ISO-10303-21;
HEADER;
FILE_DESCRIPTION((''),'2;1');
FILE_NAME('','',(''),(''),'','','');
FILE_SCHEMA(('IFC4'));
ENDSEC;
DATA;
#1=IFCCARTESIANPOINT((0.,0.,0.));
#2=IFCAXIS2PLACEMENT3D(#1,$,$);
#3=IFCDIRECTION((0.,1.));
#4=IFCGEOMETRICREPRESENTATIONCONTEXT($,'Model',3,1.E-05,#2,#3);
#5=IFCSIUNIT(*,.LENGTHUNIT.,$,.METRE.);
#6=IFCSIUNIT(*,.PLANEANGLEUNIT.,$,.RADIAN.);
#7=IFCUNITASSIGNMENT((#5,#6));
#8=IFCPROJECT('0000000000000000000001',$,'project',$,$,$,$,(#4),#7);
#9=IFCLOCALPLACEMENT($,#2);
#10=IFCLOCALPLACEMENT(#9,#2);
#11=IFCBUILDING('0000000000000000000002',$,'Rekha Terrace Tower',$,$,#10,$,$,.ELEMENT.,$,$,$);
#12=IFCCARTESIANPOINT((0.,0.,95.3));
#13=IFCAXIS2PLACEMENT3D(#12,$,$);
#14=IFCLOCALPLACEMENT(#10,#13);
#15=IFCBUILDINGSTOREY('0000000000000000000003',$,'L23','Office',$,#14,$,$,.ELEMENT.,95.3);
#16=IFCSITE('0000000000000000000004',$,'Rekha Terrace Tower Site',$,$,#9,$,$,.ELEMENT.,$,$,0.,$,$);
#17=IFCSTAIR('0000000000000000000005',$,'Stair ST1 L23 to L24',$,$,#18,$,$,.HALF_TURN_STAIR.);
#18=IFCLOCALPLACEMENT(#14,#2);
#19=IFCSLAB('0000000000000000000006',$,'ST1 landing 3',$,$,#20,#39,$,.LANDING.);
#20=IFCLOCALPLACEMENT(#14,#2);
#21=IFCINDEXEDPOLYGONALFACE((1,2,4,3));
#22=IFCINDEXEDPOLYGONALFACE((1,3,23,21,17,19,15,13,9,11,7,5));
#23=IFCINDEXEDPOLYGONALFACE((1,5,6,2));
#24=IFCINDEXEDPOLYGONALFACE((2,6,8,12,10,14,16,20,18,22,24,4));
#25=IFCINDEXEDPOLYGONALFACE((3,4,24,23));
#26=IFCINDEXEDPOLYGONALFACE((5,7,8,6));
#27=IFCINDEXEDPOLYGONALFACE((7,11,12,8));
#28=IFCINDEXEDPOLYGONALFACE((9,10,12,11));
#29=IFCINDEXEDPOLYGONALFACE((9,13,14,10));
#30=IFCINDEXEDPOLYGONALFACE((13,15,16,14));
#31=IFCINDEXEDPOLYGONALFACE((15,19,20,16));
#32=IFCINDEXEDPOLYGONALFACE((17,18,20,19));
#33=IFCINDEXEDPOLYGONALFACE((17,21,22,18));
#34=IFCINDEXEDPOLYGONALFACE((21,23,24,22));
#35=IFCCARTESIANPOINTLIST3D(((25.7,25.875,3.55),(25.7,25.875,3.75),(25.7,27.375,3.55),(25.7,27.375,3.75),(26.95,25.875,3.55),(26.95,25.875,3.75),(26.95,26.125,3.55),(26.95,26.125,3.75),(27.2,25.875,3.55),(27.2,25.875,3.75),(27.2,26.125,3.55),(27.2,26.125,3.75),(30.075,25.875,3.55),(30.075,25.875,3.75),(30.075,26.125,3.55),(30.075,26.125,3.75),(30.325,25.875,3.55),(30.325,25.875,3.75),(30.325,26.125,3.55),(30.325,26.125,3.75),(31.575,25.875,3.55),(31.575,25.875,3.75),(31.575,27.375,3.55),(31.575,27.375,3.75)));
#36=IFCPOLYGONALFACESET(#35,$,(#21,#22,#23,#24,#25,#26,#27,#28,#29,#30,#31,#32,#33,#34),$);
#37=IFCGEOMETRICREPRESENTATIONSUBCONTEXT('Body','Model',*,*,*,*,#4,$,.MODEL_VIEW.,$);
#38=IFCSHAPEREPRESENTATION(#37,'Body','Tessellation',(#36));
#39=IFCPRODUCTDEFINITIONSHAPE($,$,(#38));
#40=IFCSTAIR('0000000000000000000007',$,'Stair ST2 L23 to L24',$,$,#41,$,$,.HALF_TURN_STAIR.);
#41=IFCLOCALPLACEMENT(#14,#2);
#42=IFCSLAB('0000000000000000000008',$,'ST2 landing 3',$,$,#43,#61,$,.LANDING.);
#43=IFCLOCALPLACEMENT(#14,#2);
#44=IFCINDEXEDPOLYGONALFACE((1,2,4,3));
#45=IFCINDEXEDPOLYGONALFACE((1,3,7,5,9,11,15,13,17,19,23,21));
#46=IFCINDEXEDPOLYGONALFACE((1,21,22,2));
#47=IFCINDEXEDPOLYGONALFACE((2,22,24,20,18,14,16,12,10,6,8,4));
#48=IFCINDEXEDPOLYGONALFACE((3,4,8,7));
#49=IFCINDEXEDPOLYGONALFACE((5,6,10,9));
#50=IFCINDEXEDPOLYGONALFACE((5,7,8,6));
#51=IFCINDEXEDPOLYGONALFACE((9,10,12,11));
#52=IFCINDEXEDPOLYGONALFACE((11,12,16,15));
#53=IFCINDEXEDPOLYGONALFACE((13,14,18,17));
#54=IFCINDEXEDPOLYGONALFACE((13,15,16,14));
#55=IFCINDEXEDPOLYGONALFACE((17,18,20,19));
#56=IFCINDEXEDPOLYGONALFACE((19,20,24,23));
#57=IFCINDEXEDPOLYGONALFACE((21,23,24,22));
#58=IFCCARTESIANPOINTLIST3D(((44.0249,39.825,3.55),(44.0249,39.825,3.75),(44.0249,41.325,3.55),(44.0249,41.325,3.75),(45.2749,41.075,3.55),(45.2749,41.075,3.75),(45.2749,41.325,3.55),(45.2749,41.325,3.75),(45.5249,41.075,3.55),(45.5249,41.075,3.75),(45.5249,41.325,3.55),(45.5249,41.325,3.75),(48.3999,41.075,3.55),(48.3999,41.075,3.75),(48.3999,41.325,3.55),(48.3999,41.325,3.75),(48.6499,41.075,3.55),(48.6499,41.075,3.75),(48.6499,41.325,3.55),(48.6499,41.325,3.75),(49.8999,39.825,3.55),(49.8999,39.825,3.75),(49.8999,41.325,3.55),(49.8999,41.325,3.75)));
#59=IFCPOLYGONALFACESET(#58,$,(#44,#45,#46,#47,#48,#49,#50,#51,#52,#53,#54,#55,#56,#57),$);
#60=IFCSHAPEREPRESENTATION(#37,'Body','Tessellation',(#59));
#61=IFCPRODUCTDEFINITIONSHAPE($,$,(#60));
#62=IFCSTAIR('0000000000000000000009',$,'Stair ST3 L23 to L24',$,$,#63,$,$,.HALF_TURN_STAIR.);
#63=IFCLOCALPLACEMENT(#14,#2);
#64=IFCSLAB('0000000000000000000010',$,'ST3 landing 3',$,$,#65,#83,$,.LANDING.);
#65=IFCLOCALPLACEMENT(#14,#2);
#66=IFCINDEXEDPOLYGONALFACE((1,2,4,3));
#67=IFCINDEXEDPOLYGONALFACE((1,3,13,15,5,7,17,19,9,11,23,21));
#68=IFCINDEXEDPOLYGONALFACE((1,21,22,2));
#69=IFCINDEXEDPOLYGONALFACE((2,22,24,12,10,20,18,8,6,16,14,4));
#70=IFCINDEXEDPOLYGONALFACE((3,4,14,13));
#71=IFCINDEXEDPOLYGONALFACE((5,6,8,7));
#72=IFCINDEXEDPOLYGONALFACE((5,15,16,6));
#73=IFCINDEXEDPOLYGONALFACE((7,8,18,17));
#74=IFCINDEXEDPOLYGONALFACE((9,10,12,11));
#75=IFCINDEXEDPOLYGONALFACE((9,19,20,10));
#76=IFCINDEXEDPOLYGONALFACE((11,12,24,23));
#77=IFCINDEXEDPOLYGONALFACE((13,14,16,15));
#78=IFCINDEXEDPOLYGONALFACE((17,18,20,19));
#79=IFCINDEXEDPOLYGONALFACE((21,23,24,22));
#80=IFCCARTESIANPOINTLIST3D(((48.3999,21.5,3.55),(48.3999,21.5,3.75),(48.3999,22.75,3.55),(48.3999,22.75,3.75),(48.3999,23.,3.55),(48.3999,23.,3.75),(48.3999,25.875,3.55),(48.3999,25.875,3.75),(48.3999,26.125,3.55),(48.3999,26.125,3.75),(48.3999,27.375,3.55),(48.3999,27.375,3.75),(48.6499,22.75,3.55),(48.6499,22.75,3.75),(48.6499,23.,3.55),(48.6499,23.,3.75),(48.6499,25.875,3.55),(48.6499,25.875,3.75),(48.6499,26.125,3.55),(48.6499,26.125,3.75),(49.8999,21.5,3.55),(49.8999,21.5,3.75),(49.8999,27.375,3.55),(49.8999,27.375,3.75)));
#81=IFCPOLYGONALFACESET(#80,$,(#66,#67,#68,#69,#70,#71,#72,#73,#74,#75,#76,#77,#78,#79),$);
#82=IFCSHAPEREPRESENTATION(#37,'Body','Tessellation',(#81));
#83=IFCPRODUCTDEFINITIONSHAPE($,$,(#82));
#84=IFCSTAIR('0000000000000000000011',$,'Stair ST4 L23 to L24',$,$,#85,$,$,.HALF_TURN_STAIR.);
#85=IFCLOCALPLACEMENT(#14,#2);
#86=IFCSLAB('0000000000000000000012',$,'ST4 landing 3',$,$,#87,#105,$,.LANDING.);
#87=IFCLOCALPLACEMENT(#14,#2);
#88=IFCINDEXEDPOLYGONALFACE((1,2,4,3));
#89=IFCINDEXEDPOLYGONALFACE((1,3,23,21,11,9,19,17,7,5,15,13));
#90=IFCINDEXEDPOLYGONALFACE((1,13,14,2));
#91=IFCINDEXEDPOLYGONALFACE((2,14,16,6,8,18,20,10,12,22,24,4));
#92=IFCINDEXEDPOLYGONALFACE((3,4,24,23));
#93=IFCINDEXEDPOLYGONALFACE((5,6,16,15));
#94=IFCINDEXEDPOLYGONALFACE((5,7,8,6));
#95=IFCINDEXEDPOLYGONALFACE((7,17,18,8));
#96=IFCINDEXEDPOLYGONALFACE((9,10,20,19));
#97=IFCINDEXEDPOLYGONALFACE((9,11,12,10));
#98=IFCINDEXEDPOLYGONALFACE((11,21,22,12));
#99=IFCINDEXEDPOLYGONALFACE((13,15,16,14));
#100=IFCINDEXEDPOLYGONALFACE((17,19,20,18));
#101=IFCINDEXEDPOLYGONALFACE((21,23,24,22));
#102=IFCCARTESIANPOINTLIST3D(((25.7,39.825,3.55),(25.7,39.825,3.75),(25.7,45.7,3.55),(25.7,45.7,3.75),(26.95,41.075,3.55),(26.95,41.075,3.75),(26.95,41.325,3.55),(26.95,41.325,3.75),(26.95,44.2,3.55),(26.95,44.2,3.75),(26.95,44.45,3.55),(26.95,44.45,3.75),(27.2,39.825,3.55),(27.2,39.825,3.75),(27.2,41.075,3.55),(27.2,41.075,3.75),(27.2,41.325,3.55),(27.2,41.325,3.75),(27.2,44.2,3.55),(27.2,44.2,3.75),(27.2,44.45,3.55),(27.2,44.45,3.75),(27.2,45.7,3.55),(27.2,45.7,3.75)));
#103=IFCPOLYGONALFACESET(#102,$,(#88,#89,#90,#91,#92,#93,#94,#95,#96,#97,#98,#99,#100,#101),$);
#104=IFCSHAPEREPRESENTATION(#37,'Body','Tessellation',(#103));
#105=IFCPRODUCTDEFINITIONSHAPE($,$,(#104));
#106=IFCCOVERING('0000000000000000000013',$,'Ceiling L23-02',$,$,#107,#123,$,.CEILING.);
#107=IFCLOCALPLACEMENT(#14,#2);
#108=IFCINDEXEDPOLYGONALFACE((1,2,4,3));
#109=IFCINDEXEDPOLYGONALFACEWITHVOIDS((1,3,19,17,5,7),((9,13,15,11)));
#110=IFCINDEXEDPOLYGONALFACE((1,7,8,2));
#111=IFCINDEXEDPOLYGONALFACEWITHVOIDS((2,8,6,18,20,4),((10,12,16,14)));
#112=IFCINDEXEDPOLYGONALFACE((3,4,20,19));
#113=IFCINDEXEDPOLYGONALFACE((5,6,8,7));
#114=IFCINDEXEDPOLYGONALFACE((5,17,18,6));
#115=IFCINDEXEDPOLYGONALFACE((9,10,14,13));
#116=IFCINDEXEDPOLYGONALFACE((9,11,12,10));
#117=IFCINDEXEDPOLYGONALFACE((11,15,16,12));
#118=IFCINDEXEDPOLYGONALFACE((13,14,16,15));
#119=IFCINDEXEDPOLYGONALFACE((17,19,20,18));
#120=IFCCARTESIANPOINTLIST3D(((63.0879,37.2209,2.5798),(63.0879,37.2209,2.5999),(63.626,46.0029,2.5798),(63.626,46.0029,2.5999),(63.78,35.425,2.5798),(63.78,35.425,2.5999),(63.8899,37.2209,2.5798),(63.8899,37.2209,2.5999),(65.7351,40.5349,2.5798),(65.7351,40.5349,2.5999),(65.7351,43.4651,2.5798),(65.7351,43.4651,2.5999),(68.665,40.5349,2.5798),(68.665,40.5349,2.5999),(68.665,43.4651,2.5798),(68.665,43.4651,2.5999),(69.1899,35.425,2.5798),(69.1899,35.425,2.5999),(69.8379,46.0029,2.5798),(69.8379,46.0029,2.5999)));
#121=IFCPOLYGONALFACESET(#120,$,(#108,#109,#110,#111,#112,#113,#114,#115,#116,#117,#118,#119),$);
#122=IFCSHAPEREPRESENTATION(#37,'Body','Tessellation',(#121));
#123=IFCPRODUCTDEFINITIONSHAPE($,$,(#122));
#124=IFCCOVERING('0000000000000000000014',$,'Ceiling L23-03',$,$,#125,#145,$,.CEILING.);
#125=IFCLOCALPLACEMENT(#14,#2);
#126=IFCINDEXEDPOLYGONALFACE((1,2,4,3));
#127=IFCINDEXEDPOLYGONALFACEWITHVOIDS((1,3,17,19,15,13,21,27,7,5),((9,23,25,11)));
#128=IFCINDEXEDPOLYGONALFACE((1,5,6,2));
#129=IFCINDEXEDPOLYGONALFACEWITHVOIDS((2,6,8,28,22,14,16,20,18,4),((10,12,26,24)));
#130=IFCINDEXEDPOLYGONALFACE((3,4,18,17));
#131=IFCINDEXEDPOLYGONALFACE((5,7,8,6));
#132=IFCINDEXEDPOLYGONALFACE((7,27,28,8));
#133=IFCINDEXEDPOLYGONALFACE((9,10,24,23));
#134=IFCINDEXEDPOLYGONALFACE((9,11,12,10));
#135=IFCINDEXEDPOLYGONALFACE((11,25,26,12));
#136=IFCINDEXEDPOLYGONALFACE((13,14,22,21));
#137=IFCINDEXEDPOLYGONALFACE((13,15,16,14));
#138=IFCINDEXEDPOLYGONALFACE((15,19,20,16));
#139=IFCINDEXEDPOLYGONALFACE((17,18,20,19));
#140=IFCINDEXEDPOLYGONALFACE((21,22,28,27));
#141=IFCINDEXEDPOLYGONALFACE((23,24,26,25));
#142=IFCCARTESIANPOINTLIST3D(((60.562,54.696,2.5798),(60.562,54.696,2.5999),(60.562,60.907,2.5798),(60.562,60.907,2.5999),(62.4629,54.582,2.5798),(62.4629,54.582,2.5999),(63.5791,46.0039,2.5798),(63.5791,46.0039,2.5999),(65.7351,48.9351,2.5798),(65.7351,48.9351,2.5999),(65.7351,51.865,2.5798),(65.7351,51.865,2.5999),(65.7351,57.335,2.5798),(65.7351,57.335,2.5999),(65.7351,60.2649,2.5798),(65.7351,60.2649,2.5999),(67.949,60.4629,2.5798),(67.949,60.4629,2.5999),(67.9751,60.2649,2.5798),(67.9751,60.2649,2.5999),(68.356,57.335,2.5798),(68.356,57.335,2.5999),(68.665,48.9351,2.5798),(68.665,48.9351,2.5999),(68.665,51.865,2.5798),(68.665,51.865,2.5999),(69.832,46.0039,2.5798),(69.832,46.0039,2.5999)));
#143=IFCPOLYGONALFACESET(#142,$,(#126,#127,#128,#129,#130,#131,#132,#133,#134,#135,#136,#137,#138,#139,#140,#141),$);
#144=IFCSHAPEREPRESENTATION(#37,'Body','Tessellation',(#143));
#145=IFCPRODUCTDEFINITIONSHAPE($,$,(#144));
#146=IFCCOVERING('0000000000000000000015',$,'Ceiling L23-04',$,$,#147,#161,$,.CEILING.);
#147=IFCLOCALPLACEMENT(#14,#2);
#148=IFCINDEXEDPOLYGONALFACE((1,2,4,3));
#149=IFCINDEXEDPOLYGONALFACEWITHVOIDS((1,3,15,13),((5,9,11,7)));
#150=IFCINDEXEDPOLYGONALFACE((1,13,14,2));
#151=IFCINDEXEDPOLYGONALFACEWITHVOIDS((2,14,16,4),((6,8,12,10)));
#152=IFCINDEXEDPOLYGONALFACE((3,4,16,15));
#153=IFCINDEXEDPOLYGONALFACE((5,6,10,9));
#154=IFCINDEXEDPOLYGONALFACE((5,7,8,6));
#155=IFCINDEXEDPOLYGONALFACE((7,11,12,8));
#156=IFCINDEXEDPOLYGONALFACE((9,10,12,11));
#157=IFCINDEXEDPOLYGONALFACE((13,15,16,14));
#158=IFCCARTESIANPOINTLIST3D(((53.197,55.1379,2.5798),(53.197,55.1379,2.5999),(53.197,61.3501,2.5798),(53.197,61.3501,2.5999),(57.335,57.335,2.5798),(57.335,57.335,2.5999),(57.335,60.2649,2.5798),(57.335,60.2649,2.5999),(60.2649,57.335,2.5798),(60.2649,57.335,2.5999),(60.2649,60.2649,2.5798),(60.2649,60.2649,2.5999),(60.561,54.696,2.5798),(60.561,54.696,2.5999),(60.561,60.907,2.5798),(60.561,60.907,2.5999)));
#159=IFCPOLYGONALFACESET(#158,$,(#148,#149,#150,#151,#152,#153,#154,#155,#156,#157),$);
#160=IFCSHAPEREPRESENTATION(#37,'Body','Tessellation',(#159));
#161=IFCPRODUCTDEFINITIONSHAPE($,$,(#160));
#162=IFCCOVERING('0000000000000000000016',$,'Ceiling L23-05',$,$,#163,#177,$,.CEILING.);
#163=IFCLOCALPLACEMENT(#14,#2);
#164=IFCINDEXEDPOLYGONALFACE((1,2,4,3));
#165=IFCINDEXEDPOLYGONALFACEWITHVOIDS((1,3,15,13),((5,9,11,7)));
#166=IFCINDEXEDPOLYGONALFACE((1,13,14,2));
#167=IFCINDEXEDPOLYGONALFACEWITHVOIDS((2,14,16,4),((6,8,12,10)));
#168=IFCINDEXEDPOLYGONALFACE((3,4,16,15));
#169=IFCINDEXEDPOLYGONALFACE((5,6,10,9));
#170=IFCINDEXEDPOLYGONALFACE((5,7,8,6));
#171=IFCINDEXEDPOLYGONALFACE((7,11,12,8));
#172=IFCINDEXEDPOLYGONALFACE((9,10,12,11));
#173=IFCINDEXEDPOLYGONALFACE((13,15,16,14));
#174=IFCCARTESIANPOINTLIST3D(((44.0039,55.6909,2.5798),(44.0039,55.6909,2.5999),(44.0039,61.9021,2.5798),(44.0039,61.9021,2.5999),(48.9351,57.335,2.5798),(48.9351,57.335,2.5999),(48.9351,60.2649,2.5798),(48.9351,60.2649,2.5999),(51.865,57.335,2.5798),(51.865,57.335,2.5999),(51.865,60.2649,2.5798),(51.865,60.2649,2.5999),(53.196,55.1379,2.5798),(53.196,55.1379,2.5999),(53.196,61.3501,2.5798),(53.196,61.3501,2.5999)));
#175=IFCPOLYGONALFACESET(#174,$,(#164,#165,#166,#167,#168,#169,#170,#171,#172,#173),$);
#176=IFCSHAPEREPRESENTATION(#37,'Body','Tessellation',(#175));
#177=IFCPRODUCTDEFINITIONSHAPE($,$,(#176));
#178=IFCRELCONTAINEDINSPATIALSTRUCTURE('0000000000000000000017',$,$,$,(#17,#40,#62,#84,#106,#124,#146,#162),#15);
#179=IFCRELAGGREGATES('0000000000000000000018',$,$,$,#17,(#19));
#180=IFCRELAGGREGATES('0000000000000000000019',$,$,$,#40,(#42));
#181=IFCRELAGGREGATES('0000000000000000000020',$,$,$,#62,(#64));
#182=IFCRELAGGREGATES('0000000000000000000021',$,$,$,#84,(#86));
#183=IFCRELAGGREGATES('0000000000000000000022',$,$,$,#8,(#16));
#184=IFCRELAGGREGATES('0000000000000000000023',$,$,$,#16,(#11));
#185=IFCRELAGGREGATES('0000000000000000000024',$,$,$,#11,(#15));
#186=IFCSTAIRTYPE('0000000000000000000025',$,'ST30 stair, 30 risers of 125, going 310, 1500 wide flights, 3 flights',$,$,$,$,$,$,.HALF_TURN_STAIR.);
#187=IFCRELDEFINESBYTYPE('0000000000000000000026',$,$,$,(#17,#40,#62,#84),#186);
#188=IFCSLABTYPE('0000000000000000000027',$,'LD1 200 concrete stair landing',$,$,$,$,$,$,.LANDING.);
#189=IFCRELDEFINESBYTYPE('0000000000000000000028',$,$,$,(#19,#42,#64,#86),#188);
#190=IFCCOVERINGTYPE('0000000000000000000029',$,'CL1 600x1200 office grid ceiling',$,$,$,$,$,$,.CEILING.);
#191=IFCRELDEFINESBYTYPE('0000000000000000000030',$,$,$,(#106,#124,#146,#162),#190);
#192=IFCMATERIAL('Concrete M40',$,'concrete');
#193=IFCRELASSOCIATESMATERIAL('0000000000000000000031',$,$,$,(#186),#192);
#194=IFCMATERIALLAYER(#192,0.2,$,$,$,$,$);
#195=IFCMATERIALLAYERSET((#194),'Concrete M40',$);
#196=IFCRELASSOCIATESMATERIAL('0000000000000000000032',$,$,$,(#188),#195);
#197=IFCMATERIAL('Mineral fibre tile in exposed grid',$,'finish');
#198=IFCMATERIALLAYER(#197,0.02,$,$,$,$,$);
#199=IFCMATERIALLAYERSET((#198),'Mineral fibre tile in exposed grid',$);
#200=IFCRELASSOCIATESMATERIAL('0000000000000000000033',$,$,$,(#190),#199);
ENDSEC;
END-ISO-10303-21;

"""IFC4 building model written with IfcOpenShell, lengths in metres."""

from ifc_helpers import new_model, si_unit, direction, frame, origin, place, context, subcontext, project, spatial, polyline, outline, extrude, material, layer, layer_set, type_object, element, aggregate, save


model = new_model("IFC4")

# Units and contexts
model_context = context("Model", 3, precision=1e-05, world=origin(), true_north=direction((0.0, 1.0)))
body_context = subcontext(model_context, "Body", "Model", "MODEL_VIEW")
ifc_project = project(units=[si_unit("LENGTHUNIT", "METRE"), si_unit("PLANEANGLEUNIT", "RADIAN")], contexts=[model_context])

# Site, building, storey
site_placement = place(None, origin())
site = spatial("IfcSite", under=ifc_project, at=site_placement, Name="Rekha Terrace Tower Site", CompositionType="ELEMENT", RefElevation=0.0)
building_placement = place(site_placement, origin())
building = spatial("IfcBuilding", under=site, at=building_placement, Name="Rekha Terrace Tower", CompositionType="ELEMENT")
storey_placement = place(building_placement, frame((0.0, 0.0, 95.3)))
storey = spatial("IfcBuildingStorey", under=building, at=storey_placement, Name="L23", Description="Office", CompositionType="ELEMENT", Elevation=95.3)

# Stairs, slabs
ifc_material_1 = material(Name="Concrete M40", Category="concrete")
stair_type = type_object("IfcStairType", Name="ST30 stair, 30 risers of 125, going 310, 1500 wide flights, 3 flights", PredefinedType="HALF_TURN_STAIR", material=ifc_material_1)
stair_1_placement = place(storey_placement, origin())
stair_1 = element("IfcStair", 1, at=stair_1_placement, inside=storey, type_object=stair_type, Name="Stair ST1 L23 to L24", PredefinedType="HALF_TURN_STAIR")
ifc_layer_1 = layer(ifc_material_1, 0.2)
ifc_layer_set_1 = layer_set([ifc_layer_1], Name="Concrete M40")
slab_type = type_object("IfcSlabType", Name="LD1 200 concrete stair landing", PredefinedType="LANDING", material=ifc_layer_set_1)
slab_1_placement = place(storey_placement, frame((0.0, 0.0, 3.55)))
slab_1 = element("IfcSlab", 2, at=slab_1_placement, type_object=slab_type, Name="ST1 landing 3", PredefinedType="LANDING", context=body_context, shape_type="SweptSolid", body=[
    extrude(outline(polyline([(31.575, 25.875), (31.575, 27.375), (25.7, 27.375), (25.7, 25.875), (26.95, 25.875), (26.95, 26.125), (27.2, 26.125), (27.2, 25.875), (30.075, 25.875), (30.075, 26.125), (30.325, 26.125), (30.325, 25.875), (31.575, 25.875)])), origin(), (0.0, 0.0, 1.0), 0.2),
])
aggregate(stair_1, [slab_1])
stair_2_placement = place(storey_placement, origin())
stair_2 = element("IfcStair", 3, at=stair_2_placement, inside=storey, type_object=stair_type, Name="Stair ST2 L23 to L24", PredefinedType="HALF_TURN_STAIR")
slab_2_placement = place(storey_placement, frame((0.0, 0.0, 3.55)))
slab_2 = element("IfcSlab", 4, at=slab_2_placement, type_object=slab_type, Name="ST2 landing 3", PredefinedType="LANDING", context=body_context, shape_type="SweptSolid", body=[
    extrude(outline(polyline([(44.0249, 41.325), (44.0249, 39.825), (49.8999, 39.825), (49.8999, 41.325), (48.6499, 41.325), (48.6499, 41.075), (48.3999, 41.075), (48.3999, 41.325), (45.5249, 41.325), (45.5249, 41.075), (45.2749, 41.075), (45.2749, 41.325), (44.0249, 41.325)])), origin(), (0.0, 0.0, 1.0), 0.2),
])
aggregate(stair_2, [slab_2])
stair_3_placement = place(storey_placement, origin())
stair_3 = element("IfcStair", 5, at=stair_3_placement, inside=storey, type_object=stair_type, Name="Stair ST3 L23 to L24", PredefinedType="HALF_TURN_STAIR")
slab_3_placement = place(storey_placement, frame((0.0, 0.0, 3.55)))
slab_3 = element("IfcSlab", 6, at=slab_3_placement, type_object=slab_type, Name="ST3 landing 3", PredefinedType="LANDING", context=body_context, shape_type="SweptSolid", body=[
    extrude(outline(polyline([(48.3999, 21.5), (49.8999, 21.5), (49.8999, 27.375), (48.3999, 27.375), (48.3999, 26.125), (48.6499, 26.125), (48.6499, 25.875), (48.3999, 25.875), (48.3999, 23.0), (48.6499, 23.0), (48.6499, 22.75), (48.3999, 22.75), (48.3999, 21.5)])), origin(), (0.0, 0.0, 1.0), 0.2),
])
aggregate(stair_3, [slab_3])
stair_4_placement = place(storey_placement, origin())
stair_4 = element("IfcStair", 7, at=stair_4_placement, inside=storey, type_object=stair_type, Name="Stair ST4 L23 to L24", PredefinedType="HALF_TURN_STAIR")
slab_4_placement = place(storey_placement, frame((0.0, 0.0, 3.55)))
slab_4 = element("IfcSlab", 8, at=slab_4_placement, type_object=slab_type, Name="ST4 landing 3", PredefinedType="LANDING", context=body_context, shape_type="SweptSolid", body=[
    extrude(outline(polyline([(27.2, 39.825), (25.7, 39.825), (25.7, 45.7), (27.2, 45.7), (27.2, 44.45), (26.95, 44.45), (26.95, 44.2), (27.2, 44.2), (27.2, 41.325), (26.95, 41.325), (26.95, 41.075), (27.2, 41.075), (27.2, 39.825)])), origin(), (0.0, 0.0, 1.0), 0.2),
])
aggregate(stair_4, [slab_4])

# Coverings
ifc_material_2 = material(Name="Mineral fibre tile in exposed grid", Category="finish")
ifc_layer_2 = layer(ifc_material_2, 0.02)
ifc_layer_set_2 = layer_set([ifc_layer_2], Name="Mineral fibre tile in exposed grid")
covering_type_1 = type_object("IfcCoveringType", Name="CL1 600x1200 office grid ceiling", PredefinedType="CEILING", material=ifc_layer_set_2)
covering_1_placement = place(storey_placement, frame((0.0, 0.0, 2.5798)))
element("IfcCovering", 9, at=covering_1_placement, inside=storey, type_object=covering_type_1, Name="Ceiling L23-02", PredefinedType="CEILING", context=body_context, shape_type="SweptSolid", body=[
    extrude(outline(polyline([(63.78, 35.425), (69.1899, 35.425), (69.8379, 46.0029), (63.626, 46.0029), (63.0879, 37.2209), (63.8899, 37.2209), (63.78, 35.425)]), holes=[polyline([(68.665, 40.5349), (65.7351, 40.5349), (65.7351, 43.4651), (68.665, 43.4651), (68.665, 40.5349)])]), origin(), (0.0, 0.0, 1.0), 0.02),
])
covering_2_placement = place(storey_placement, frame((0.0, 0.0, 2.5798)))
element("IfcCovering", 10, at=covering_2_placement, inside=storey, type_object=covering_type_1, Name="Ceiling L23-03", PredefinedType="CEILING", context=body_context, shape_type="SweptSolid", body=[
    extrude(outline(polyline([(67.949, 60.4629), (60.562, 60.907), (60.562, 54.696), (62.4629, 54.582), (63.5791, 46.0039), (69.832, 46.0039), (68.356, 57.335), (65.7351, 57.335), (65.7351, 60.2649), (67.9751, 60.2649), (67.949, 60.4629)]), holes=[polyline([(68.665, 48.9351), (65.7351, 48.9351), (65.7351, 51.865), (68.665, 51.865), (68.665, 48.9351)])]), origin(), (0.0, 0.0, 1.0), 0.02),
])
covering_3_placement = place(storey_placement, frame((0.0, 0.0, 2.5798)))
element("IfcCovering", 11, at=covering_3_placement, inside=storey, type_object=covering_type_1, Name="Ceiling L23-04", PredefinedType="CEILING", context=body_context, shape_type="SweptSolid", body=[
    extrude(outline(polyline([(60.561, 54.696), (60.561, 60.907), (53.197, 61.3501), (53.197, 55.1379), (60.561, 54.696)]), holes=[polyline([(60.2649, 57.335), (57.335, 57.335), (57.335, 60.2649), (60.2649, 60.2649), (60.2649, 57.335)])]), origin(), (0.0, 0.0, 1.0), 0.02),
])
covering_4_placement = place(storey_placement, frame((0.0, 0.0, 2.5798)))
element("IfcCovering", 12, at=covering_4_placement, inside=storey, type_object=covering_type_1, Name="Ceiling L23-05", PredefinedType="CEILING", context=body_context, shape_type="SweptSolid", body=[
    extrude(outline(polyline([(53.196, 55.1379), (53.196, 61.3501), (44.0039, 61.9021), (44.0039, 55.6909), (53.196, 55.1379)]), holes=[polyline([(51.865, 57.335), (48.9351, 57.335), (48.9351, 60.2649), (51.865, 60.2649), (51.865, 57.335)])]), origin(), (0.0, 0.0, 1.0), 0.02),
])

save(model, "model.ifc")
